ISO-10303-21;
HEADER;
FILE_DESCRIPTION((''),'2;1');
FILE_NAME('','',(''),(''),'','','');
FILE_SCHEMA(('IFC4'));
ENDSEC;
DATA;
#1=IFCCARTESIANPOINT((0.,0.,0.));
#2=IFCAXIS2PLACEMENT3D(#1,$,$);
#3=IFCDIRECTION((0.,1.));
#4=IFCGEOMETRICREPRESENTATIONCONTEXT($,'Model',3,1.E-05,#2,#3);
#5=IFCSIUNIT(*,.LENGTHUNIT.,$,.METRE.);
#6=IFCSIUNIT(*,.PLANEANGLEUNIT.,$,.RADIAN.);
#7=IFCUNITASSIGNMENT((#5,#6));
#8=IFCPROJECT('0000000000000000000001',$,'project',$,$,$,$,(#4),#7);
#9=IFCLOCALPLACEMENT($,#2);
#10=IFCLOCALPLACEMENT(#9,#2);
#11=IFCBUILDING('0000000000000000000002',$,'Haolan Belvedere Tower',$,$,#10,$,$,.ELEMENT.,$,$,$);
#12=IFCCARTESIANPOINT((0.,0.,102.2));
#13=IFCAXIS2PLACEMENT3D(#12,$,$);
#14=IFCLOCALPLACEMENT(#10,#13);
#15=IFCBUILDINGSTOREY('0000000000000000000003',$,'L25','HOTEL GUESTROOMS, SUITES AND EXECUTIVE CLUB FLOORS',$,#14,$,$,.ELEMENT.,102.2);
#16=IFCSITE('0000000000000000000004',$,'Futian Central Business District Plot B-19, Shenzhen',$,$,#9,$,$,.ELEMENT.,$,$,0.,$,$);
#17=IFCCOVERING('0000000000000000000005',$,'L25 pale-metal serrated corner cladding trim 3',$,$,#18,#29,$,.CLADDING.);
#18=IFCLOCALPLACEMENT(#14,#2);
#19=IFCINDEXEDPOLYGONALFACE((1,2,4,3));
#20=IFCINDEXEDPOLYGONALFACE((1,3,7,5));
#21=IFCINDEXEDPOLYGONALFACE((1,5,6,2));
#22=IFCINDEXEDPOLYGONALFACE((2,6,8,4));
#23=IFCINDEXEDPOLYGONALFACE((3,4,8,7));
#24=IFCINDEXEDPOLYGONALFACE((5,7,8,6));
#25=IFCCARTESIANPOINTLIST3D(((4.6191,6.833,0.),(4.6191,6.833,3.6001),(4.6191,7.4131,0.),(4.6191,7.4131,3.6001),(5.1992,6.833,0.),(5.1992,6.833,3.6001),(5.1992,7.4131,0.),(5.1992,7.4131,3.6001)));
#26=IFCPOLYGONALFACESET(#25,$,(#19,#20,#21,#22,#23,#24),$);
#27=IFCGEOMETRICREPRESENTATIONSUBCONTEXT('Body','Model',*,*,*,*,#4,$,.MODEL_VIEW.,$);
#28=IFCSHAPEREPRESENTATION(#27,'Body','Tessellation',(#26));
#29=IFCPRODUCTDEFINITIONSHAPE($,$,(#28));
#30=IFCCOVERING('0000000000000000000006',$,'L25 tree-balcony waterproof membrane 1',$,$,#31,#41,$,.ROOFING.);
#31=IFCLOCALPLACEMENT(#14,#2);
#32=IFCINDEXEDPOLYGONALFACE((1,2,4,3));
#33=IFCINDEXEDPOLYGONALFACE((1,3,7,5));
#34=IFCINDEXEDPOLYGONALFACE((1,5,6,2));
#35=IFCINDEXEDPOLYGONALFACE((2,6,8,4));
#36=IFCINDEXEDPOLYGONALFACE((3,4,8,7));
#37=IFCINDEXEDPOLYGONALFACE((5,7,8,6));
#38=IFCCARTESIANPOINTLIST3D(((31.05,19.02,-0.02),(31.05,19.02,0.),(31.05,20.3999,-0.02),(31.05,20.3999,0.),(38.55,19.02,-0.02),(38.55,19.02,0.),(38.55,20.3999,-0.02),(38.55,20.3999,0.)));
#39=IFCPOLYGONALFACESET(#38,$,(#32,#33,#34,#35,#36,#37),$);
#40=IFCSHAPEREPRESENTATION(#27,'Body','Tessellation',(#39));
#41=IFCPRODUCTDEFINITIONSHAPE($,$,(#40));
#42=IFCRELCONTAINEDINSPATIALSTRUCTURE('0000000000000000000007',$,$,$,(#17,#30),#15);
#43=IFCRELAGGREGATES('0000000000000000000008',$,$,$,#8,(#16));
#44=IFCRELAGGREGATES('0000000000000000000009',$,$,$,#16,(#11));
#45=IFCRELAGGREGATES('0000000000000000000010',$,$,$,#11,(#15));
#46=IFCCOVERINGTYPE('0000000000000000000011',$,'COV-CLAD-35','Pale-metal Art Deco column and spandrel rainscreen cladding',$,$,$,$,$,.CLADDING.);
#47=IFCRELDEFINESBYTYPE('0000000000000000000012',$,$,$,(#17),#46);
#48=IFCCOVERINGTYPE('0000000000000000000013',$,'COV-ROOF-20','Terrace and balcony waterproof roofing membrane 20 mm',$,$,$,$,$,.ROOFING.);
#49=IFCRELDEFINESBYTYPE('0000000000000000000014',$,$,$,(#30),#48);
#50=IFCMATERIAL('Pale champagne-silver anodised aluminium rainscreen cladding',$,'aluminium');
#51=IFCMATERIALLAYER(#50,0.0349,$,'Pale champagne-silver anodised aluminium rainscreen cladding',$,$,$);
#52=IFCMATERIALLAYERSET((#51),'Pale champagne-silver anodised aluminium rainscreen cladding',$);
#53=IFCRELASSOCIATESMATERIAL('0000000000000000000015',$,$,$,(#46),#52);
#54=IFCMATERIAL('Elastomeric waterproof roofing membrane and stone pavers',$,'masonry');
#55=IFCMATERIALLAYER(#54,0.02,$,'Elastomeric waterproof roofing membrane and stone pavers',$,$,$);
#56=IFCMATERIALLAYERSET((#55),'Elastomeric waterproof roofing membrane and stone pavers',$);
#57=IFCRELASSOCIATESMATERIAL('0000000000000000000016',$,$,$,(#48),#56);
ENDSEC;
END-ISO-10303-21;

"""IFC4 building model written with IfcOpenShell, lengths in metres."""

from ifc_helpers import new_model, si_unit, direction, frame, origin, origin_2d, place, context, subcontext, project, spatial, polyline, rectangle, outline, extrude, material, layer, layer_set, type_object, element, save


model = new_model("IFC4")

# Units and contexts
model_context = context("Model", 3, precision=1e-05, world=origin(), true_north=direction((0.0, 1.0)))
body_context = subcontext(model_context, "Body", "Model", "MODEL_VIEW")
ifc_project = project(units=[si_unit("LENGTHUNIT", "METRE"), si_unit("PLANEANGLEUNIT", "RADIAN")], contexts=[model_context])

# Site, building, storey
site_placement = place(None, origin())
site = spatial("IfcSite", under=ifc_project, at=site_placement, Name="Futian Central Business District Plot B-19, Shenzhen", CompositionType="ELEMENT", RefElevation=0.0)
building_placement = place(site_placement, origin())
building = spatial("IfcBuilding", under=site, at=building_placement, Name="Haolan Belvedere Tower", CompositionType="ELEMENT")
storey_placement = place(building_placement, frame((0.0, 0.0, 102.2)))
storey = spatial("IfcBuildingStorey", under=building, at=storey_placement, Name="L25", Description="HOTEL GUESTROOMS, SUITES AND EXECUTIVE CLUB FLOORS", CompositionType="ELEMENT", Elevation=102.2)

# Coverings
ifc_material_1 = material(Name="Pale champagne-silver anodised aluminium rainscreen cladding", Category="aluminium")
ifc_layer_1 = layer(ifc_material_1, 0.0349, Name="Pale champagne-silver anodised aluminium rainscreen cladding")
ifc_layer_set_1 = layer_set([ifc_layer_1], Name="Pale champagne-silver anodised aluminium rainscreen cladding")
covering_type_1 = type_object("IfcCoveringType", Name="COV-CLAD-35", Description="Pale-metal Art Deco column and spandrel rainscreen cladding", PredefinedType="CLADDING", material=ifc_layer_set_1)
for number, where, z_axis, x_axis, name in (
    (1, (4.9092, 7.123, 0.0), (0.0, 0.0, 1.0), (1.0, 0.0, 0.0), "L25 pale-metal serrated corner cladding trim 3"),
):
    element("IfcCovering", number, at=place(storey_placement, frame(where, z_axis=z_axis, x_axis=x_axis)), inside=storey, type_object=covering_type_1, Name=name, PredefinedType="CLADDING", context=body_context, shape_type="SweptSolid", body=[
        extrude(rectangle(XDim=0.5801, YDim=0.5801, at=origin_2d()), origin(), (0.0, 0.0, 1.0), 3.6001),
    ])
ifc_material_2 = material(Name="Elastomeric waterproof roofing membrane and stone pavers", Category="masonry")
ifc_layer_2 = layer(ifc_material_2, 0.02, Name="Elastomeric waterproof roofing membrane and stone pavers")
ifc_layer_set_2 = layer_set([ifc_layer_2], Name="Elastomeric waterproof roofing membrane and stone pavers")
covering_type_2 = type_object("IfcCoveringType", Name="COV-ROOF-20", Description="Terrace and balcony waterproof roofing membrane 20 mm", PredefinedType="ROOFING", material=ifc_layer_set_2)
covering_placement = place(storey_placement, frame((0.0, 0.0, -0.02)))
element("IfcCovering", 2, at=covering_placement, inside=storey, type_object=covering_type_2, Name="L25 tree-balcony waterproof membrane 1", PredefinedType="ROOFING", context=body_context, shape_type="SweptSolid", body=[
    extrude(outline(polyline([(31.05, 19.02), (38.55, 19.02), (38.55, 20.3999), (31.05, 20.3999), (31.05, 19.02)])), origin(), (0.0, 0.0, 1.0), 0.02),
])

save(model, "model.ifc")
